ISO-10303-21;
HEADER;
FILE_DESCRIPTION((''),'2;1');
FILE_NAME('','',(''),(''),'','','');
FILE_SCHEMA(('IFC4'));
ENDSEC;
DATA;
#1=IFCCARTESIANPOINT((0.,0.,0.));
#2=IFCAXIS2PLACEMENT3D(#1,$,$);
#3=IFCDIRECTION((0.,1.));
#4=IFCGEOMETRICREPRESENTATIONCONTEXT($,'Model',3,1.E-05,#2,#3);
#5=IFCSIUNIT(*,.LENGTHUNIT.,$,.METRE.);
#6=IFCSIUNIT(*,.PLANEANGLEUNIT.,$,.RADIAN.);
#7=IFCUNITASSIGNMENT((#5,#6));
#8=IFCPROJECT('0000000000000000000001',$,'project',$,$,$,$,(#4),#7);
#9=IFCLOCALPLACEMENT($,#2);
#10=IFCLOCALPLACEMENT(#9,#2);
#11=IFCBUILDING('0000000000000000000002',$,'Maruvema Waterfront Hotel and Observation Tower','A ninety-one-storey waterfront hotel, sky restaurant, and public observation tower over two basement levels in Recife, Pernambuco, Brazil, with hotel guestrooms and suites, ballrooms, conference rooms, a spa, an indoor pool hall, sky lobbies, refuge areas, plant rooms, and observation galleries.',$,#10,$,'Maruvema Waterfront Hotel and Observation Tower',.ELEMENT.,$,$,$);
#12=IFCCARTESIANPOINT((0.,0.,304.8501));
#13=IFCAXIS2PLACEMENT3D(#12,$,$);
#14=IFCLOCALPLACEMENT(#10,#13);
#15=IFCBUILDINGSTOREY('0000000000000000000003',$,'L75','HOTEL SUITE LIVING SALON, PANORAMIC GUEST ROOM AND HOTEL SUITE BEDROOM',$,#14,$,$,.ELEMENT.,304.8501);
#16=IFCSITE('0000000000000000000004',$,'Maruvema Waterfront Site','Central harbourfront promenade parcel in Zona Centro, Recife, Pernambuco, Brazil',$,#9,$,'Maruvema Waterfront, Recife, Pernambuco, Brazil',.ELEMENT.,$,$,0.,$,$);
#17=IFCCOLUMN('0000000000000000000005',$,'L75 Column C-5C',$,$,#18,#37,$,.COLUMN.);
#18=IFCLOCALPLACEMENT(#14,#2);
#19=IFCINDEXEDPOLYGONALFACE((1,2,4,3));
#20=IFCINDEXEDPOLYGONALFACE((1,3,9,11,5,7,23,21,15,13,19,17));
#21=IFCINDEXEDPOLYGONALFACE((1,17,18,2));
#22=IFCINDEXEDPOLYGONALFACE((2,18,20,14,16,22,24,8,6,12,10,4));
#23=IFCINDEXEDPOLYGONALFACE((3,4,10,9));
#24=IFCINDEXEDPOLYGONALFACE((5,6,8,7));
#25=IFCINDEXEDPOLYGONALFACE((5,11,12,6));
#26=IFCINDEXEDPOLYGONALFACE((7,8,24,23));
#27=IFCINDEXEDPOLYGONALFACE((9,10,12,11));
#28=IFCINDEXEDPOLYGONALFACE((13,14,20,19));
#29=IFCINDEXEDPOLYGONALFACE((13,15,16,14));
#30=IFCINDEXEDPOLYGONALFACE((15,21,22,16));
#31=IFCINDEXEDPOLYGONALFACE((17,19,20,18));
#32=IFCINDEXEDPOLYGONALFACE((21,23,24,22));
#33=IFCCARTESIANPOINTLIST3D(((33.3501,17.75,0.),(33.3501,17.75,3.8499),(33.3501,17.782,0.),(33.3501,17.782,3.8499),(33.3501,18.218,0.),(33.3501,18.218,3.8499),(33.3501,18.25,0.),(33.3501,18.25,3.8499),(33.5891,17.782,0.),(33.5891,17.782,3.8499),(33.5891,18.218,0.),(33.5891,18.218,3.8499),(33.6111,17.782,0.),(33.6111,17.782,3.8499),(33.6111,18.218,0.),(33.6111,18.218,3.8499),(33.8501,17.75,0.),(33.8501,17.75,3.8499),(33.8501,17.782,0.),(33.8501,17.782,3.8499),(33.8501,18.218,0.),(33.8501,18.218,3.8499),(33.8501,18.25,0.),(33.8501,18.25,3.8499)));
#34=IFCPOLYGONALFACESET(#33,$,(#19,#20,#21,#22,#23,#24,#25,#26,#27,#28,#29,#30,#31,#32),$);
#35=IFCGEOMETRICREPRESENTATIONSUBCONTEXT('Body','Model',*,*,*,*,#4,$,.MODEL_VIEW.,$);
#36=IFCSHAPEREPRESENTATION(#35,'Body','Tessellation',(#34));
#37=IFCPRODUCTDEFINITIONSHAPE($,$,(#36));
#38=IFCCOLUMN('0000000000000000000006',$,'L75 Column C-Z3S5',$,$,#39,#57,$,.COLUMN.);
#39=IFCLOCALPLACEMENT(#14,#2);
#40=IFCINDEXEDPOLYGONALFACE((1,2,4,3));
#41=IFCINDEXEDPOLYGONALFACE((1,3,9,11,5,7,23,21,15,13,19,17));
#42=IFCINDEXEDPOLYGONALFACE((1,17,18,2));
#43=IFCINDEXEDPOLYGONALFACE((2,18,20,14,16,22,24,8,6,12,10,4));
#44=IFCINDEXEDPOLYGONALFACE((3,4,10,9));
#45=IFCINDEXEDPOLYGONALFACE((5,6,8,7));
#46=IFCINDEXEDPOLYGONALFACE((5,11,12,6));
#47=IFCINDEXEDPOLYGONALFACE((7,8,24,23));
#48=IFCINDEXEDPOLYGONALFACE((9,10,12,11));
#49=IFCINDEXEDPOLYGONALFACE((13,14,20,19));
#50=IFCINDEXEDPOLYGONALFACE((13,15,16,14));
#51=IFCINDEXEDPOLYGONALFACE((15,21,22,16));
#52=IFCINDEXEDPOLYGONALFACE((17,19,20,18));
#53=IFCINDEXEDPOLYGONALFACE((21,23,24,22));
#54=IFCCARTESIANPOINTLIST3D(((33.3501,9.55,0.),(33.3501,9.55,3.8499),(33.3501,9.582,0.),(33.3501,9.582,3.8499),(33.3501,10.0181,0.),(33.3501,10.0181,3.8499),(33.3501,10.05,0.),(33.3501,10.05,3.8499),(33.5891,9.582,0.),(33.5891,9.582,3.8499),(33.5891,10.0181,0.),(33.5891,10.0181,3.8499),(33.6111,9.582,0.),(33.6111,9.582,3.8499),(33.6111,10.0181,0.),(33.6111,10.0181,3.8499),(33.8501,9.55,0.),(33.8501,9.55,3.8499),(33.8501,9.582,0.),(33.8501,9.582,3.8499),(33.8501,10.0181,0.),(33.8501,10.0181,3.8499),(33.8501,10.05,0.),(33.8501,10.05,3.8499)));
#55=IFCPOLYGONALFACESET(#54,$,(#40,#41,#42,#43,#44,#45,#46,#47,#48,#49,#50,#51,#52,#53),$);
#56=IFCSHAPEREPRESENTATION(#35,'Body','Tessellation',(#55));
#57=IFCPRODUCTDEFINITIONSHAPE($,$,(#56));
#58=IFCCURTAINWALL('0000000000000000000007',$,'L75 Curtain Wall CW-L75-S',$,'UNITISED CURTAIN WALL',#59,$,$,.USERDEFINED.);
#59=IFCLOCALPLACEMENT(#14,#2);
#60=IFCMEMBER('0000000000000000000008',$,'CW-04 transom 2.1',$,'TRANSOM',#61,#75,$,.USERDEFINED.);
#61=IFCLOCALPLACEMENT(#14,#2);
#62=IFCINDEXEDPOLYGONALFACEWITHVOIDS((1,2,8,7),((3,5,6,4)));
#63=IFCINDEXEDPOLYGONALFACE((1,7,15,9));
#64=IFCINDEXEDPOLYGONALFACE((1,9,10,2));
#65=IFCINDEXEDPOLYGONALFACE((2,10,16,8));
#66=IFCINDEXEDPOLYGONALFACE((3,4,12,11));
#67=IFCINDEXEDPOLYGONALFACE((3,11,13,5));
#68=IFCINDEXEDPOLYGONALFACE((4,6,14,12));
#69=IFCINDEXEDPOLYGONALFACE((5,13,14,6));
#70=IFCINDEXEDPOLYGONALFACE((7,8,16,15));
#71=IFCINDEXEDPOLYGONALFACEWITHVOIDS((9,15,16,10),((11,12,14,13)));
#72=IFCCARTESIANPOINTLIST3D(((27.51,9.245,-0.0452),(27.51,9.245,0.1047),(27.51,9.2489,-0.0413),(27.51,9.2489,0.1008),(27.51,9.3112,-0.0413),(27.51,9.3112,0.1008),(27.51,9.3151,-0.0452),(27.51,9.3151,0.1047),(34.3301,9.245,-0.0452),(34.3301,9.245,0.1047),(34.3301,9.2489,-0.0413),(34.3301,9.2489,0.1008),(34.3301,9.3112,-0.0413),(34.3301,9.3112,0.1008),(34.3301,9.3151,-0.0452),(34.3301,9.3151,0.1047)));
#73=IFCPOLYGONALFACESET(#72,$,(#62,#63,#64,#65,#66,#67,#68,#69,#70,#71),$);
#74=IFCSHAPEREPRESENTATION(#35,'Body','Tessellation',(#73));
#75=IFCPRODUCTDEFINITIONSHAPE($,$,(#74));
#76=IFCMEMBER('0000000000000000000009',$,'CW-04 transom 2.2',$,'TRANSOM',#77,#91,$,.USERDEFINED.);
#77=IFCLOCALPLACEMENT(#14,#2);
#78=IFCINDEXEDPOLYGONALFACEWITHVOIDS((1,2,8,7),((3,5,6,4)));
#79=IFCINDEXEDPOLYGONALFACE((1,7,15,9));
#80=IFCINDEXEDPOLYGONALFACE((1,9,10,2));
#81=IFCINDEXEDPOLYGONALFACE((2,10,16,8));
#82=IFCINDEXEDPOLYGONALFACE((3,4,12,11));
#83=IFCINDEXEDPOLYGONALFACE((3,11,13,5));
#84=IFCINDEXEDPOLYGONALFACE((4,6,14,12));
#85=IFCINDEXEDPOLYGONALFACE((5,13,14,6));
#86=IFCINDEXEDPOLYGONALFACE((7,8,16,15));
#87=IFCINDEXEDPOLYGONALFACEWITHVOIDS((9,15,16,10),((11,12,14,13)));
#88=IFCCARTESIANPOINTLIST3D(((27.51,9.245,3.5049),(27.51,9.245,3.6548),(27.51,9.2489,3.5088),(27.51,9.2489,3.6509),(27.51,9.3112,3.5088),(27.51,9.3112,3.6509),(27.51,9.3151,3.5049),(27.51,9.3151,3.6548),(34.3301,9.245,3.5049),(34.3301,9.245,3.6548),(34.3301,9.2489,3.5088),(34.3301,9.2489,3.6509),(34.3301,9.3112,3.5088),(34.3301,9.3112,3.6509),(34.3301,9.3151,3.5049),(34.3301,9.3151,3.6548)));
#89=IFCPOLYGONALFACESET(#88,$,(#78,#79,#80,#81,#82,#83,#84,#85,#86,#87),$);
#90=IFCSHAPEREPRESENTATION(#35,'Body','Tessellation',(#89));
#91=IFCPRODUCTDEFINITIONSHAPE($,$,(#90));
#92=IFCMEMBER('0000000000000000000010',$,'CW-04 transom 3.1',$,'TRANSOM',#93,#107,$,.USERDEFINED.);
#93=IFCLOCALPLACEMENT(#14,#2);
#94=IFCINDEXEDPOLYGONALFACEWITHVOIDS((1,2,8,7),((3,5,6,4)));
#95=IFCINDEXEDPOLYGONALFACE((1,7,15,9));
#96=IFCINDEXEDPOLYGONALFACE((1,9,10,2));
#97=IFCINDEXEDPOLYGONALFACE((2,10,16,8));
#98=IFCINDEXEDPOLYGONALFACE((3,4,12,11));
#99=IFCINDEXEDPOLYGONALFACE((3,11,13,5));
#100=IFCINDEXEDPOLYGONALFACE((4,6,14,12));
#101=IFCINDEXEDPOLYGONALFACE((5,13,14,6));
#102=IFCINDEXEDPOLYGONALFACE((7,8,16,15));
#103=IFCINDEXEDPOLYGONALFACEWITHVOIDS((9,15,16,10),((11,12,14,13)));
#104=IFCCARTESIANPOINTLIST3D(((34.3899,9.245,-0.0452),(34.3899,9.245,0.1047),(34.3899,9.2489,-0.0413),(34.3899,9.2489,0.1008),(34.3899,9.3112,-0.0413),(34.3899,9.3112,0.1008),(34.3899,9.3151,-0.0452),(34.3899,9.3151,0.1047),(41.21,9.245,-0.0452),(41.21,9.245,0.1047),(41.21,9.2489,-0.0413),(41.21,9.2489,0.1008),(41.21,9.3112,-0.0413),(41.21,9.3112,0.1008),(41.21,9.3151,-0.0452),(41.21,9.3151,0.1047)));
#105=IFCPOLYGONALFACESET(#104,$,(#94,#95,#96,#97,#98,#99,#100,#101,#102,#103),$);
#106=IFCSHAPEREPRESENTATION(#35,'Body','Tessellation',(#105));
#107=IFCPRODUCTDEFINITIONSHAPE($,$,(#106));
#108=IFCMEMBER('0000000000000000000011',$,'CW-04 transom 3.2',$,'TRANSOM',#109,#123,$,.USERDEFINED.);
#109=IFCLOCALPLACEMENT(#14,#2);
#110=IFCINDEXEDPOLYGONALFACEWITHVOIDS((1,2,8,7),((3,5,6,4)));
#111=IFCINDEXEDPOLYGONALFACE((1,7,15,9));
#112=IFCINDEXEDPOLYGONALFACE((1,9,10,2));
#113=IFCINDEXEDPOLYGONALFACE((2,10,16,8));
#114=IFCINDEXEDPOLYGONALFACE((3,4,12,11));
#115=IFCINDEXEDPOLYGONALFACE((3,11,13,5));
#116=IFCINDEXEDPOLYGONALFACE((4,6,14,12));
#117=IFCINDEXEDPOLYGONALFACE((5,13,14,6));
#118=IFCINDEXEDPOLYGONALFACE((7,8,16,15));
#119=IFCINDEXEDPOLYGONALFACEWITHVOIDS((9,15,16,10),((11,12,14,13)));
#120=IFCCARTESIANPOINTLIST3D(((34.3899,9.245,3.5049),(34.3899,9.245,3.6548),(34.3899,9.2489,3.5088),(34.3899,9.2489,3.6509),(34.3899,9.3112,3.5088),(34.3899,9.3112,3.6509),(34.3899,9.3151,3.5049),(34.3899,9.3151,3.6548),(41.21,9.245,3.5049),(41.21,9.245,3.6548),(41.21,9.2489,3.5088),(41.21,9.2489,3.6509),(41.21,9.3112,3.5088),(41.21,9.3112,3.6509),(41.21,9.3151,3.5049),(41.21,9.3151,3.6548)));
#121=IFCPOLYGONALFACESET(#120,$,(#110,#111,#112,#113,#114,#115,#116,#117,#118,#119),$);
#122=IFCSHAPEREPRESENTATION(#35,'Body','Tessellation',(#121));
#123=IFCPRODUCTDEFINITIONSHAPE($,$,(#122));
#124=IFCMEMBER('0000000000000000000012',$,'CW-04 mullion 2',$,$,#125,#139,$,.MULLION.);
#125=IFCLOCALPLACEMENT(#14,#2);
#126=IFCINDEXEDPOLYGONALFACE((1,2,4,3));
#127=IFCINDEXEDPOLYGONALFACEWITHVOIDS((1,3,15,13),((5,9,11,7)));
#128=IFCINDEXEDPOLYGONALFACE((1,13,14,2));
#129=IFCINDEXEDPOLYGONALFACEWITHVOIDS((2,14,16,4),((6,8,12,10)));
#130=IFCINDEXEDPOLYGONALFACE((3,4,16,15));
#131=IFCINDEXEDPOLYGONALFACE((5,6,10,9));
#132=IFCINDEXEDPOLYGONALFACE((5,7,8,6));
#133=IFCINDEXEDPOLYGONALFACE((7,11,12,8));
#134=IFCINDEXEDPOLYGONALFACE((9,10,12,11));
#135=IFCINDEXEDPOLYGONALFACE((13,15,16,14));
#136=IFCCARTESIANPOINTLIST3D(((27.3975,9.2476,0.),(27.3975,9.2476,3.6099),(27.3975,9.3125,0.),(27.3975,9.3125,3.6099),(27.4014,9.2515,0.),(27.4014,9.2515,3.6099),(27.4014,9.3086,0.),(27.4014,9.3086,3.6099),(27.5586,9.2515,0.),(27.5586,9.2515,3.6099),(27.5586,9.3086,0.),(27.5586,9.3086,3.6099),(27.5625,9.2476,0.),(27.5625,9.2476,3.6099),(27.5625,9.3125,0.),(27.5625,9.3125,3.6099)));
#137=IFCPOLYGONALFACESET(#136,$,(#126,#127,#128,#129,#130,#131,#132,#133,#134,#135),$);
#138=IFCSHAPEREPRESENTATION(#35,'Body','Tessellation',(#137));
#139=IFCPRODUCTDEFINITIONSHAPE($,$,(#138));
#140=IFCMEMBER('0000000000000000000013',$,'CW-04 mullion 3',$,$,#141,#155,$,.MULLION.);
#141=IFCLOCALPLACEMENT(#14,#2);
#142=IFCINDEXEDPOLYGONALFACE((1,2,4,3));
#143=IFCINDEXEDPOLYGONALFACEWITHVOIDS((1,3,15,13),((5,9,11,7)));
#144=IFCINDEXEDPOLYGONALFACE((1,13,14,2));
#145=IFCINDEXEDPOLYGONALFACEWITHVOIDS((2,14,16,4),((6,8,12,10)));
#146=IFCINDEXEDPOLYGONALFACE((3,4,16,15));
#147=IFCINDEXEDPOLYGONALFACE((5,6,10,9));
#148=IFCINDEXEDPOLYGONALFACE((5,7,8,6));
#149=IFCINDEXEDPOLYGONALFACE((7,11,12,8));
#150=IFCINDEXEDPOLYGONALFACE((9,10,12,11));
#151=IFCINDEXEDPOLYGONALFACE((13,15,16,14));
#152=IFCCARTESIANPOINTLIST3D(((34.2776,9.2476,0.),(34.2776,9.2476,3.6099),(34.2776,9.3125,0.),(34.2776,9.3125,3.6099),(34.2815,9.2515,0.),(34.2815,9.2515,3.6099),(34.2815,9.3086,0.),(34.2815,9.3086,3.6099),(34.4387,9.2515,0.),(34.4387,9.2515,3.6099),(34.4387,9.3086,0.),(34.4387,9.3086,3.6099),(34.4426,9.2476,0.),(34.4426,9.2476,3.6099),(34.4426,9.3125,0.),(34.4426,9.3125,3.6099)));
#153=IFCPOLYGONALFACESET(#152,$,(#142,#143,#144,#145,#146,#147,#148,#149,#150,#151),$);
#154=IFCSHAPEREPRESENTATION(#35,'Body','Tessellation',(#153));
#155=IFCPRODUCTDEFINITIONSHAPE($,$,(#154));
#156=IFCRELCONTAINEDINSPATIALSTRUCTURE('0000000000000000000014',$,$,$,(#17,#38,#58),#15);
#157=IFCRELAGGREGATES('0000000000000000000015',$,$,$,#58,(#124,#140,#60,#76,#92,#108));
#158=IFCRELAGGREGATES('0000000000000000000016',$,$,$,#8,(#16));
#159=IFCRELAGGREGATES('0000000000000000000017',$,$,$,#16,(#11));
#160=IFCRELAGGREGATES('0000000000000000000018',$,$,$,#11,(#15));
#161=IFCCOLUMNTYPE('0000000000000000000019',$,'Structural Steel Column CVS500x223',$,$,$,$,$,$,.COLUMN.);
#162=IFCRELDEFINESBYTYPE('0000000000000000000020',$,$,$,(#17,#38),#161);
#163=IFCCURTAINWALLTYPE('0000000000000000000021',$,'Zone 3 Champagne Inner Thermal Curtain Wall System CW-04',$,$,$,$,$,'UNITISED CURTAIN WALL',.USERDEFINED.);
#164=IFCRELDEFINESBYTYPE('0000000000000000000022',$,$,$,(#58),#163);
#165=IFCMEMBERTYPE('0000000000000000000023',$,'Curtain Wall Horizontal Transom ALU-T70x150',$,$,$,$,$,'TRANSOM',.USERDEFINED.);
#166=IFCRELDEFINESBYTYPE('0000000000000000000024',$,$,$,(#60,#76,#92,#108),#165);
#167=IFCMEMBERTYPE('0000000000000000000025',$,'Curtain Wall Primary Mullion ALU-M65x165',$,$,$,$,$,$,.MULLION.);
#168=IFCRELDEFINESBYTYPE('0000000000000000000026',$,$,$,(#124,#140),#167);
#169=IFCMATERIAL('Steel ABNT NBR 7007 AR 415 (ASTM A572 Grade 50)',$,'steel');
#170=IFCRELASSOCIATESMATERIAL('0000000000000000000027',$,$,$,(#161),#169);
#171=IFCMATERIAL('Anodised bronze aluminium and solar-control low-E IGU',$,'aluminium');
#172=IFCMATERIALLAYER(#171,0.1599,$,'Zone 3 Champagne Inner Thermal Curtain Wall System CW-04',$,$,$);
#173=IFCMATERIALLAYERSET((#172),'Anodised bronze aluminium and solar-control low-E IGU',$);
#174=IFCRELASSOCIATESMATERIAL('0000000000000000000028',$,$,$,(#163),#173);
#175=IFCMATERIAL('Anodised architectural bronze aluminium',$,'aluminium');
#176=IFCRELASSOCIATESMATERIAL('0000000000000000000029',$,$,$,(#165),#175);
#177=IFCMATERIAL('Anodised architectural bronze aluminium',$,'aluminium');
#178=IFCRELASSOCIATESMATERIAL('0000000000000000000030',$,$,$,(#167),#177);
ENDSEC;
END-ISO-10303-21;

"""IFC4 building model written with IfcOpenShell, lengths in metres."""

from ifc_helpers import new_model, si_unit, direction, frame, origin, origin_2d, place, context, subcontext, project, spatial, hollow_rectangle, i_section, extrude, material, layer, layer_set, material_profile, profile_set, type_object, element, aggregate, save


model = new_model("IFC4")

# Units and contexts
model_context = context("Model", 3, precision=1e-05, world=origin(), true_north=direction((0.0, 1.0)))
body_context = subcontext(model_context, "Body", "Model", "MODEL_VIEW")
ifc_project = project(units=[si_unit("LENGTHUNIT", "METRE"), si_unit("PLANEANGLEUNIT", "RADIAN")], contexts=[model_context])

# Site, building, storey
site_placement = place(None, origin())
site = spatial("IfcSite", under=ifc_project, at=site_placement, Name="Maruvema Waterfront Site", Description="Central harbourfront promenade parcel in Zona Centro, Recife, Pernambuco, Brazil", LongName="Maruvema Waterfront, Recife, Pernambuco, Brazil", CompositionType="ELEMENT", RefElevation=0.0)
building_placement = place(site_placement, origin())
building = spatial("IfcBuilding", under=site, at=building_placement, Name="Maruvema Waterfront Hotel and Observation Tower", Description="A ninety-one-storey waterfront hotel, sky restaurant, and public observation tower over two basement levels in Recife, Pernambuco, Brazil, with hotel guestrooms and suites, ballrooms, conference rooms, a spa, an indoor pool hall, sky lobbies, refuge areas, plant rooms, and observation galleries.", LongName="Maruvema Waterfront Hotel and Observation Tower", CompositionType="ELEMENT")
storey_placement = place(building_placement, frame((0.0, 0.0, 304.8501)))
storey = spatial("IfcBuildingStorey", under=building, at=storey_placement, Name="L75", Description="HOTEL SUITE LIVING SALON, PANORAMIC GUEST ROOM AND HOTEL SUITE BEDROOM", CompositionType="ELEMENT", Elevation=304.8501)

# Columns
ifc_material_1 = material(Name="Steel ABNT NBR 7007 AR 415 (ASTM A572 Grade 50)", Category="steel")
ifc_material_profile_1 = material_profile(ifc_material_1, i_section(OverallWidth=0.5, OverallDepth=0.5, WebThickness=0.022, FlangeThickness=0.032, at=origin_2d()), Name="CVS500x223")
ifc_profile_set_1 = profile_set([ifc_material_profile_1], Name="Steel ABNT NBR 7007 AR 415 (ASTM A572 Grade 50)")
column_type = type_object("IfcColumnType", Name="Structural Steel Column CVS500x223", PredefinedType="COLUMN", material=ifc_profile_set_1)
for number, where, z_axis, x_axis, name in (
    (1, (33.6001, 18.0, 0.0), (0.0, 0.0, 1.0), (1.0, 0.0, 0.0), "L75 Column C-5C"),
    (2, (33.6001, 9.8, 0.0), (0.0, 0.0, 1.0), (1.0, 0.0, 0.0), "L75 Column C-Z3S5"),
):
    element("IfcColumn", number, at=place(storey_placement, frame(where, z_axis=z_axis, x_axis=x_axis)), inside=storey, type_object=column_type, Name=name, PredefinedType="COLUMN", context=body_context, shape_type="SweptSolid", body=[
        extrude(i_section(OverallWidth=0.5, OverallDepth=0.5, WebThickness=0.022, FlangeThickness=0.032, at=origin_2d()), origin(), (0.0, 0.0, 1.0), 3.8499),
    ])

# Curtain wall, members
ifc_material_2 = material(Name="Anodised bronze aluminium and solar-control low-E IGU", Category="aluminium")
ifc_layer_1 = layer(ifc_material_2, 0.1599, Name="Zone 3 Champagne Inner Thermal Curtain Wall System CW-04")
ifc_layer_set_1 = layer_set([ifc_layer_1], Name="Anodised bronze aluminium and solar-control low-E IGU")
curtain_wall_type = type_object("IfcCurtainWallType", Name="Zone 3 Champagne Inner Thermal Curtain Wall System CW-04", ElementType="UNITISED CURTAIN WALL", PredefinedType="USERDEFINED", material=ifc_layer_set_1)
curtain_wall_placement = place(storey_placement, origin())
curtain_wall = element("IfcCurtainWall", 3, at=curtain_wall_placement, inside=storey, type_object=curtain_wall_type, Name="L75 Curtain Wall CW-L75-S", ObjectType="UNITISED CURTAIN WALL", PredefinedType="USERDEFINED")
ifc_material_3 = material(Name="Anodised architectural bronze aluminium", Category="aluminium")
ifc_material_profile_2 = material_profile(ifc_material_3, hollow_rectangle(XDim=0.0701, YDim=0.1499, WallThickness=0.0039, at=origin_2d()), Name="ALU-T70x150")
ifc_profile_set_2 = profile_set([ifc_material_profile_2], Name="Anodised architectural bronze aluminium")
member_type_1 = type_object("IfcMemberType", Name="Curtain Wall Horizontal Transom ALU-T70x150", ElementType="TRANSOM", PredefinedType="USERDEFINED", material=ifc_profile_set_2)
member_1_placement = place(storey_placement, frame((27.51, 9.28, 0.0298), z_axis=(1.0, 0.0, 0.0), x_axis=(0.0, 1.0, 0.0)))
member_1 = element("IfcMember", 4, at=member_1_placement, type_object=member_type_1, Name="CW-04 transom 2.1", ObjectType="TRANSOM", PredefinedType="USERDEFINED", context=body_context, shape_type="SweptSolid", body=[
    extrude(hollow_rectangle(XDim=0.0701, YDim=0.1499, WallThickness=0.0039, at=origin_2d()), origin(), (0.0, 0.0, 1.0), 6.8201),
])
member_2_placement = place(storey_placement, frame((27.51, 9.28, 3.5798), z_axis=(1.0, 0.0, 0.0), x_axis=(0.0, 1.0, 0.0)))
member_2 = element("IfcMember", 5, at=member_2_placement, type_object=member_type_1, Name="CW-04 transom 2.2", ObjectType="TRANSOM", PredefinedType="USERDEFINED", context=body_context, shape_type="SweptSolid", body=[
    extrude(hollow_rectangle(XDim=0.0701, YDim=0.1499, WallThickness=0.0039, at=origin_2d()), origin(), (0.0, 0.0, 1.0), 6.8201),
])
member_3_placement = place(storey_placement, frame((34.3899, 9.28, 0.0298), z_axis=(1.0, 0.0, 0.0), x_axis=(0.0, 1.0, 0.0)))
member_3 = element("IfcMember", 6, at=member_3_placement, type_object=member_type_1, Name="CW-04 transom 3.1", ObjectType="TRANSOM", PredefinedType="USERDEFINED", context=body_context, shape_type="SweptSolid", body=[
    extrude(hollow_rectangle(XDim=0.0701, YDim=0.1499, WallThickness=0.0039, at=origin_2d()), origin(), (0.0, 0.0, 1.0), 6.8201),
])
member_4_placement = place(storey_placement, frame((34.3899, 9.28, 3.5798), z_axis=(1.0, 0.0, 0.0), x_axis=(0.0, 1.0, 0.0)))
member_4 = element("IfcMember", 7, at=member_4_placement, type_object=member_type_1, Name="CW-04 transom 3.2", ObjectType="TRANSOM", PredefinedType="USERDEFINED", context=body_context, shape_type="SweptSolid", body=[
    extrude(hollow_rectangle(XDim=0.0701, YDim=0.1499, WallThickness=0.0039, at=origin_2d()), origin(), (0.0, 0.0, 1.0), 6.8201),
])
ifc_material_4 = material(Name="Anodised architectural bronze aluminium", Category="aluminium")
ifc_material_profile_3 = material_profile(ifc_material_4, hollow_rectangle(XDim=0.0649, YDim=0.165, WallThickness=0.0039, at=origin_2d()), Name="ALU-M65x165")
ifc_profile_set_3 = profile_set([ifc_material_profile_3], Name="Anodised architectural bronze aluminium")
member_type_2 = type_object("IfcMemberType", Name="Curtain Wall Primary Mullion ALU-M65x165", PredefinedType="MULLION", material=ifc_profile_set_3)
member_5_placement = place(storey_placement, frame((27.48, 9.28, 0.0), z_axis=(0.0, 0.0, 1.0), x_axis=(0.0, 1.0, 0.0)))
member_5 = element("IfcMember", 8, at=member_5_placement, type_object=member_type_2, Name="CW-04 mullion 2", PredefinedType="MULLION", context=body_context, shape_type="SweptSolid", body=[
    extrude(hollow_rectangle(XDim=0.0649, YDim=0.165, WallThickness=0.0039, at=origin_2d()), origin(), (0.0, 0.0, 1.0), 3.6099),
])
member_6_placement = place(storey_placement, frame((34.3601, 9.28, 0.0), z_axis=(0.0, 0.0, 1.0), x_axis=(0.0, 1.0, 0.0)))
member_6 = element("IfcMember", 9, at=member_6_placement, type_object=member_type_2, Name="CW-04 mullion 3", PredefinedType="MULLION", context=body_context, shape_type="SweptSolid", body=[
    extrude(hollow_rectangle(XDim=0.0649, YDim=0.165, WallThickness=0.0039, at=origin_2d()), origin(), (0.0, 0.0, 1.0), 3.6099),
])

aggregate(curtain_wall, [member_5, member_6, member_1, member_2, member_3, member_4])

save(model, "model.ifc")
